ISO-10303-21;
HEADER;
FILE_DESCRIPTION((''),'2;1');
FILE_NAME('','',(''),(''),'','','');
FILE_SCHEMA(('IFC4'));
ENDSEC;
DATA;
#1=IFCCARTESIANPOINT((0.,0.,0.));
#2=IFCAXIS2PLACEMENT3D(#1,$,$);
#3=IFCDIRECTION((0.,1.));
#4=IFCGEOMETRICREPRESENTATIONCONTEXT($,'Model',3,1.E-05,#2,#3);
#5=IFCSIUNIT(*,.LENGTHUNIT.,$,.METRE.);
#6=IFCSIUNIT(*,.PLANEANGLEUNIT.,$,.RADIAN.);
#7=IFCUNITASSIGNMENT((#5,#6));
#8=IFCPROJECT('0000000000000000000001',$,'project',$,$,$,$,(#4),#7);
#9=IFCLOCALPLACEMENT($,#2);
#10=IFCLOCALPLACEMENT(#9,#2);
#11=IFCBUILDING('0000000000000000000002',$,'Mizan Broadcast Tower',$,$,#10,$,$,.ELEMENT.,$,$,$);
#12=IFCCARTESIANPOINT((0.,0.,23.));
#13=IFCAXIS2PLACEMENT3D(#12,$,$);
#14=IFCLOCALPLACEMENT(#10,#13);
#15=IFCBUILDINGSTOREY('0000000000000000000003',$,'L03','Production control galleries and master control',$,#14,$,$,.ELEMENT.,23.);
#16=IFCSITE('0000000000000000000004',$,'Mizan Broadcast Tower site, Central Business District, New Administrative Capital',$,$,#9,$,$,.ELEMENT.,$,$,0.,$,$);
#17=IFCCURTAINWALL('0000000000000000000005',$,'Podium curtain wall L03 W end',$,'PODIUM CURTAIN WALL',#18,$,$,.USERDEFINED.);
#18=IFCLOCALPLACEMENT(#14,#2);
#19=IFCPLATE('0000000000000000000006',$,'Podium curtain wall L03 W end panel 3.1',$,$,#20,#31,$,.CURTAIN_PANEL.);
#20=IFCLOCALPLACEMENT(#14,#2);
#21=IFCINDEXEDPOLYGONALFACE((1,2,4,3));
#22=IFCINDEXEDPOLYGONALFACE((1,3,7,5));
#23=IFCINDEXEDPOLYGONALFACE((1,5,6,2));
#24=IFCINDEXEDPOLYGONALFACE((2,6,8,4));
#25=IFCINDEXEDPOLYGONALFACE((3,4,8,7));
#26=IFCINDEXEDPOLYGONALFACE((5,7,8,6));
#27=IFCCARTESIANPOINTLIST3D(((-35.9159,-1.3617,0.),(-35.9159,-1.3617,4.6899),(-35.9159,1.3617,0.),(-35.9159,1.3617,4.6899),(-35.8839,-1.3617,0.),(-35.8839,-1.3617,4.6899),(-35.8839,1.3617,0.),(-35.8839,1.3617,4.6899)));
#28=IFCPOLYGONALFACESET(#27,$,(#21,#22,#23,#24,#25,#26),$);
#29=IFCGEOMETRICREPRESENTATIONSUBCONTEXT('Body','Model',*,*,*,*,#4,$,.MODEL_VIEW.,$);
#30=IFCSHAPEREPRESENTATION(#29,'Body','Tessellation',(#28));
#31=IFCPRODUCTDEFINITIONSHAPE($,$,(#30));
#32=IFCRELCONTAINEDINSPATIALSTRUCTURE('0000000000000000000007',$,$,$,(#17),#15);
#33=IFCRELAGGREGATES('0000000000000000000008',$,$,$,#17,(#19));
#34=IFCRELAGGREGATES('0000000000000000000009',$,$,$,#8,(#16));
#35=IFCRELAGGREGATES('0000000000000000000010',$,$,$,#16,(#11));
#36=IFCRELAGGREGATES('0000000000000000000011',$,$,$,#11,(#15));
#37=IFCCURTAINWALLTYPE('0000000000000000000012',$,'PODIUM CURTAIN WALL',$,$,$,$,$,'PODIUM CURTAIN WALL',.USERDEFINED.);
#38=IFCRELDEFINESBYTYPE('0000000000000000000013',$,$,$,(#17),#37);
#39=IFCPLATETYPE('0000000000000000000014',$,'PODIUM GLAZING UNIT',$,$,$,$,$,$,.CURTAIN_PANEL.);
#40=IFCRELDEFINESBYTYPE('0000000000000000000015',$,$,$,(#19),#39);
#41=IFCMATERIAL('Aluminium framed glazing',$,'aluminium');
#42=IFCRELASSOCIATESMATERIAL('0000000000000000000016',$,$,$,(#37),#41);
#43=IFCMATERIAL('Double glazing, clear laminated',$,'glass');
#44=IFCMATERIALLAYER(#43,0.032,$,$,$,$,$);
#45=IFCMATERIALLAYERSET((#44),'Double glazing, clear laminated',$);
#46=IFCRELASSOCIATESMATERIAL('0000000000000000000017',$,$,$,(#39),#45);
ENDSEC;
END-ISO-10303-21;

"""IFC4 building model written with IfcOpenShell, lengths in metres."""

from ifc_helpers import new_model, si_unit, direction, frame, origin, origin_2d, place, context, subcontext, project, spatial, rectangle, extrude, material, layer, layer_set, type_object, element, aggregate, save


model = new_model("IFC4")

# Units and contexts
model_context = context("Model", 3, precision=1e-05, world=origin(), true_north=direction((0.0, 1.0)))
body_context = subcontext(model_context, "Body", "Model", "MODEL_VIEW")
ifc_project = project(units=[si_unit("LENGTHUNIT", "METRE"), si_unit("PLANEANGLEUNIT", "RADIAN")], contexts=[model_context])

# Site, building, storey
site_placement = place(None, origin())
site = spatial("IfcSite", under=ifc_project, at=site_placement, Name="Mizan Broadcast Tower site, Central Business District, New Administrative Capital", CompositionType="ELEMENT", RefElevation=0.0)
building_placement = place(site_placement, origin())
building = spatial("IfcBuilding", under=site, at=building_placement, Name="Mizan Broadcast Tower", CompositionType="ELEMENT")
storey_placement = place(building_placement, frame((0.0, 0.0, 23.0)))
storey = spatial("IfcBuildingStorey", under=building, at=storey_placement, Name="L03", Description="Production control galleries and master control", CompositionType="ELEMENT", Elevation=23.0)

# Shared definitions
ifc_material_1 = material(Name="Aluminium framed glazing", Category="aluminium")
curtain_wall_type_1 = type_object("IfcCurtainWallType", Name="PODIUM CURTAIN WALL", ElementType="PODIUM CURTAIN WALL", PredefinedType="USERDEFINED", material=ifc_material_1)

# Curtain wall
curtain_wall_1_placement = place(storey_placement, origin())
curtain_wall_1 = element("IfcCurtainWall", 1, at=curtain_wall_1_placement, inside=storey, type_object=curtain_wall_type_1, Name="Podium curtain wall L03 W end", ObjectType="PODIUM CURTAIN WALL", PredefinedType="USERDEFINED")

# Plate
ifc_material_2 = material(Name="Double glazing, clear laminated", Category="glass")
ifc_layer_1 = layer(ifc_material_2, 0.032)
ifc_layer_set_1 = layer_set([ifc_layer_1], Name="Double glazing, clear laminated")
plate_type_1 = type_object("IfcPlateType", Name="PODIUM GLAZING UNIT", PredefinedType="CURTAIN_PANEL", material=ifc_layer_set_1)
plate_1_placement = place(storey_placement, frame((-35.8999, 0.0, 0.0), z_axis=(0.0, 0.0, 1.0), x_axis=(0.0, -1.0, 0.0)))
plate_1 = element("IfcPlate", 2, at=plate_1_placement, type_object=plate_type_1, Name="Podium curtain wall L03 W end panel 3.1", PredefinedType="CURTAIN_PANEL", context=body_context, shape_type="SweptSolid", body=[
    extrude(rectangle(XDim=2.7234, YDim=0.032, at=origin_2d()), origin(), (0.0, 0.0, 1.0), 4.6899),
])
aggregate(curtain_wall_1, [plate_1])

save(model, "model.ifc")
